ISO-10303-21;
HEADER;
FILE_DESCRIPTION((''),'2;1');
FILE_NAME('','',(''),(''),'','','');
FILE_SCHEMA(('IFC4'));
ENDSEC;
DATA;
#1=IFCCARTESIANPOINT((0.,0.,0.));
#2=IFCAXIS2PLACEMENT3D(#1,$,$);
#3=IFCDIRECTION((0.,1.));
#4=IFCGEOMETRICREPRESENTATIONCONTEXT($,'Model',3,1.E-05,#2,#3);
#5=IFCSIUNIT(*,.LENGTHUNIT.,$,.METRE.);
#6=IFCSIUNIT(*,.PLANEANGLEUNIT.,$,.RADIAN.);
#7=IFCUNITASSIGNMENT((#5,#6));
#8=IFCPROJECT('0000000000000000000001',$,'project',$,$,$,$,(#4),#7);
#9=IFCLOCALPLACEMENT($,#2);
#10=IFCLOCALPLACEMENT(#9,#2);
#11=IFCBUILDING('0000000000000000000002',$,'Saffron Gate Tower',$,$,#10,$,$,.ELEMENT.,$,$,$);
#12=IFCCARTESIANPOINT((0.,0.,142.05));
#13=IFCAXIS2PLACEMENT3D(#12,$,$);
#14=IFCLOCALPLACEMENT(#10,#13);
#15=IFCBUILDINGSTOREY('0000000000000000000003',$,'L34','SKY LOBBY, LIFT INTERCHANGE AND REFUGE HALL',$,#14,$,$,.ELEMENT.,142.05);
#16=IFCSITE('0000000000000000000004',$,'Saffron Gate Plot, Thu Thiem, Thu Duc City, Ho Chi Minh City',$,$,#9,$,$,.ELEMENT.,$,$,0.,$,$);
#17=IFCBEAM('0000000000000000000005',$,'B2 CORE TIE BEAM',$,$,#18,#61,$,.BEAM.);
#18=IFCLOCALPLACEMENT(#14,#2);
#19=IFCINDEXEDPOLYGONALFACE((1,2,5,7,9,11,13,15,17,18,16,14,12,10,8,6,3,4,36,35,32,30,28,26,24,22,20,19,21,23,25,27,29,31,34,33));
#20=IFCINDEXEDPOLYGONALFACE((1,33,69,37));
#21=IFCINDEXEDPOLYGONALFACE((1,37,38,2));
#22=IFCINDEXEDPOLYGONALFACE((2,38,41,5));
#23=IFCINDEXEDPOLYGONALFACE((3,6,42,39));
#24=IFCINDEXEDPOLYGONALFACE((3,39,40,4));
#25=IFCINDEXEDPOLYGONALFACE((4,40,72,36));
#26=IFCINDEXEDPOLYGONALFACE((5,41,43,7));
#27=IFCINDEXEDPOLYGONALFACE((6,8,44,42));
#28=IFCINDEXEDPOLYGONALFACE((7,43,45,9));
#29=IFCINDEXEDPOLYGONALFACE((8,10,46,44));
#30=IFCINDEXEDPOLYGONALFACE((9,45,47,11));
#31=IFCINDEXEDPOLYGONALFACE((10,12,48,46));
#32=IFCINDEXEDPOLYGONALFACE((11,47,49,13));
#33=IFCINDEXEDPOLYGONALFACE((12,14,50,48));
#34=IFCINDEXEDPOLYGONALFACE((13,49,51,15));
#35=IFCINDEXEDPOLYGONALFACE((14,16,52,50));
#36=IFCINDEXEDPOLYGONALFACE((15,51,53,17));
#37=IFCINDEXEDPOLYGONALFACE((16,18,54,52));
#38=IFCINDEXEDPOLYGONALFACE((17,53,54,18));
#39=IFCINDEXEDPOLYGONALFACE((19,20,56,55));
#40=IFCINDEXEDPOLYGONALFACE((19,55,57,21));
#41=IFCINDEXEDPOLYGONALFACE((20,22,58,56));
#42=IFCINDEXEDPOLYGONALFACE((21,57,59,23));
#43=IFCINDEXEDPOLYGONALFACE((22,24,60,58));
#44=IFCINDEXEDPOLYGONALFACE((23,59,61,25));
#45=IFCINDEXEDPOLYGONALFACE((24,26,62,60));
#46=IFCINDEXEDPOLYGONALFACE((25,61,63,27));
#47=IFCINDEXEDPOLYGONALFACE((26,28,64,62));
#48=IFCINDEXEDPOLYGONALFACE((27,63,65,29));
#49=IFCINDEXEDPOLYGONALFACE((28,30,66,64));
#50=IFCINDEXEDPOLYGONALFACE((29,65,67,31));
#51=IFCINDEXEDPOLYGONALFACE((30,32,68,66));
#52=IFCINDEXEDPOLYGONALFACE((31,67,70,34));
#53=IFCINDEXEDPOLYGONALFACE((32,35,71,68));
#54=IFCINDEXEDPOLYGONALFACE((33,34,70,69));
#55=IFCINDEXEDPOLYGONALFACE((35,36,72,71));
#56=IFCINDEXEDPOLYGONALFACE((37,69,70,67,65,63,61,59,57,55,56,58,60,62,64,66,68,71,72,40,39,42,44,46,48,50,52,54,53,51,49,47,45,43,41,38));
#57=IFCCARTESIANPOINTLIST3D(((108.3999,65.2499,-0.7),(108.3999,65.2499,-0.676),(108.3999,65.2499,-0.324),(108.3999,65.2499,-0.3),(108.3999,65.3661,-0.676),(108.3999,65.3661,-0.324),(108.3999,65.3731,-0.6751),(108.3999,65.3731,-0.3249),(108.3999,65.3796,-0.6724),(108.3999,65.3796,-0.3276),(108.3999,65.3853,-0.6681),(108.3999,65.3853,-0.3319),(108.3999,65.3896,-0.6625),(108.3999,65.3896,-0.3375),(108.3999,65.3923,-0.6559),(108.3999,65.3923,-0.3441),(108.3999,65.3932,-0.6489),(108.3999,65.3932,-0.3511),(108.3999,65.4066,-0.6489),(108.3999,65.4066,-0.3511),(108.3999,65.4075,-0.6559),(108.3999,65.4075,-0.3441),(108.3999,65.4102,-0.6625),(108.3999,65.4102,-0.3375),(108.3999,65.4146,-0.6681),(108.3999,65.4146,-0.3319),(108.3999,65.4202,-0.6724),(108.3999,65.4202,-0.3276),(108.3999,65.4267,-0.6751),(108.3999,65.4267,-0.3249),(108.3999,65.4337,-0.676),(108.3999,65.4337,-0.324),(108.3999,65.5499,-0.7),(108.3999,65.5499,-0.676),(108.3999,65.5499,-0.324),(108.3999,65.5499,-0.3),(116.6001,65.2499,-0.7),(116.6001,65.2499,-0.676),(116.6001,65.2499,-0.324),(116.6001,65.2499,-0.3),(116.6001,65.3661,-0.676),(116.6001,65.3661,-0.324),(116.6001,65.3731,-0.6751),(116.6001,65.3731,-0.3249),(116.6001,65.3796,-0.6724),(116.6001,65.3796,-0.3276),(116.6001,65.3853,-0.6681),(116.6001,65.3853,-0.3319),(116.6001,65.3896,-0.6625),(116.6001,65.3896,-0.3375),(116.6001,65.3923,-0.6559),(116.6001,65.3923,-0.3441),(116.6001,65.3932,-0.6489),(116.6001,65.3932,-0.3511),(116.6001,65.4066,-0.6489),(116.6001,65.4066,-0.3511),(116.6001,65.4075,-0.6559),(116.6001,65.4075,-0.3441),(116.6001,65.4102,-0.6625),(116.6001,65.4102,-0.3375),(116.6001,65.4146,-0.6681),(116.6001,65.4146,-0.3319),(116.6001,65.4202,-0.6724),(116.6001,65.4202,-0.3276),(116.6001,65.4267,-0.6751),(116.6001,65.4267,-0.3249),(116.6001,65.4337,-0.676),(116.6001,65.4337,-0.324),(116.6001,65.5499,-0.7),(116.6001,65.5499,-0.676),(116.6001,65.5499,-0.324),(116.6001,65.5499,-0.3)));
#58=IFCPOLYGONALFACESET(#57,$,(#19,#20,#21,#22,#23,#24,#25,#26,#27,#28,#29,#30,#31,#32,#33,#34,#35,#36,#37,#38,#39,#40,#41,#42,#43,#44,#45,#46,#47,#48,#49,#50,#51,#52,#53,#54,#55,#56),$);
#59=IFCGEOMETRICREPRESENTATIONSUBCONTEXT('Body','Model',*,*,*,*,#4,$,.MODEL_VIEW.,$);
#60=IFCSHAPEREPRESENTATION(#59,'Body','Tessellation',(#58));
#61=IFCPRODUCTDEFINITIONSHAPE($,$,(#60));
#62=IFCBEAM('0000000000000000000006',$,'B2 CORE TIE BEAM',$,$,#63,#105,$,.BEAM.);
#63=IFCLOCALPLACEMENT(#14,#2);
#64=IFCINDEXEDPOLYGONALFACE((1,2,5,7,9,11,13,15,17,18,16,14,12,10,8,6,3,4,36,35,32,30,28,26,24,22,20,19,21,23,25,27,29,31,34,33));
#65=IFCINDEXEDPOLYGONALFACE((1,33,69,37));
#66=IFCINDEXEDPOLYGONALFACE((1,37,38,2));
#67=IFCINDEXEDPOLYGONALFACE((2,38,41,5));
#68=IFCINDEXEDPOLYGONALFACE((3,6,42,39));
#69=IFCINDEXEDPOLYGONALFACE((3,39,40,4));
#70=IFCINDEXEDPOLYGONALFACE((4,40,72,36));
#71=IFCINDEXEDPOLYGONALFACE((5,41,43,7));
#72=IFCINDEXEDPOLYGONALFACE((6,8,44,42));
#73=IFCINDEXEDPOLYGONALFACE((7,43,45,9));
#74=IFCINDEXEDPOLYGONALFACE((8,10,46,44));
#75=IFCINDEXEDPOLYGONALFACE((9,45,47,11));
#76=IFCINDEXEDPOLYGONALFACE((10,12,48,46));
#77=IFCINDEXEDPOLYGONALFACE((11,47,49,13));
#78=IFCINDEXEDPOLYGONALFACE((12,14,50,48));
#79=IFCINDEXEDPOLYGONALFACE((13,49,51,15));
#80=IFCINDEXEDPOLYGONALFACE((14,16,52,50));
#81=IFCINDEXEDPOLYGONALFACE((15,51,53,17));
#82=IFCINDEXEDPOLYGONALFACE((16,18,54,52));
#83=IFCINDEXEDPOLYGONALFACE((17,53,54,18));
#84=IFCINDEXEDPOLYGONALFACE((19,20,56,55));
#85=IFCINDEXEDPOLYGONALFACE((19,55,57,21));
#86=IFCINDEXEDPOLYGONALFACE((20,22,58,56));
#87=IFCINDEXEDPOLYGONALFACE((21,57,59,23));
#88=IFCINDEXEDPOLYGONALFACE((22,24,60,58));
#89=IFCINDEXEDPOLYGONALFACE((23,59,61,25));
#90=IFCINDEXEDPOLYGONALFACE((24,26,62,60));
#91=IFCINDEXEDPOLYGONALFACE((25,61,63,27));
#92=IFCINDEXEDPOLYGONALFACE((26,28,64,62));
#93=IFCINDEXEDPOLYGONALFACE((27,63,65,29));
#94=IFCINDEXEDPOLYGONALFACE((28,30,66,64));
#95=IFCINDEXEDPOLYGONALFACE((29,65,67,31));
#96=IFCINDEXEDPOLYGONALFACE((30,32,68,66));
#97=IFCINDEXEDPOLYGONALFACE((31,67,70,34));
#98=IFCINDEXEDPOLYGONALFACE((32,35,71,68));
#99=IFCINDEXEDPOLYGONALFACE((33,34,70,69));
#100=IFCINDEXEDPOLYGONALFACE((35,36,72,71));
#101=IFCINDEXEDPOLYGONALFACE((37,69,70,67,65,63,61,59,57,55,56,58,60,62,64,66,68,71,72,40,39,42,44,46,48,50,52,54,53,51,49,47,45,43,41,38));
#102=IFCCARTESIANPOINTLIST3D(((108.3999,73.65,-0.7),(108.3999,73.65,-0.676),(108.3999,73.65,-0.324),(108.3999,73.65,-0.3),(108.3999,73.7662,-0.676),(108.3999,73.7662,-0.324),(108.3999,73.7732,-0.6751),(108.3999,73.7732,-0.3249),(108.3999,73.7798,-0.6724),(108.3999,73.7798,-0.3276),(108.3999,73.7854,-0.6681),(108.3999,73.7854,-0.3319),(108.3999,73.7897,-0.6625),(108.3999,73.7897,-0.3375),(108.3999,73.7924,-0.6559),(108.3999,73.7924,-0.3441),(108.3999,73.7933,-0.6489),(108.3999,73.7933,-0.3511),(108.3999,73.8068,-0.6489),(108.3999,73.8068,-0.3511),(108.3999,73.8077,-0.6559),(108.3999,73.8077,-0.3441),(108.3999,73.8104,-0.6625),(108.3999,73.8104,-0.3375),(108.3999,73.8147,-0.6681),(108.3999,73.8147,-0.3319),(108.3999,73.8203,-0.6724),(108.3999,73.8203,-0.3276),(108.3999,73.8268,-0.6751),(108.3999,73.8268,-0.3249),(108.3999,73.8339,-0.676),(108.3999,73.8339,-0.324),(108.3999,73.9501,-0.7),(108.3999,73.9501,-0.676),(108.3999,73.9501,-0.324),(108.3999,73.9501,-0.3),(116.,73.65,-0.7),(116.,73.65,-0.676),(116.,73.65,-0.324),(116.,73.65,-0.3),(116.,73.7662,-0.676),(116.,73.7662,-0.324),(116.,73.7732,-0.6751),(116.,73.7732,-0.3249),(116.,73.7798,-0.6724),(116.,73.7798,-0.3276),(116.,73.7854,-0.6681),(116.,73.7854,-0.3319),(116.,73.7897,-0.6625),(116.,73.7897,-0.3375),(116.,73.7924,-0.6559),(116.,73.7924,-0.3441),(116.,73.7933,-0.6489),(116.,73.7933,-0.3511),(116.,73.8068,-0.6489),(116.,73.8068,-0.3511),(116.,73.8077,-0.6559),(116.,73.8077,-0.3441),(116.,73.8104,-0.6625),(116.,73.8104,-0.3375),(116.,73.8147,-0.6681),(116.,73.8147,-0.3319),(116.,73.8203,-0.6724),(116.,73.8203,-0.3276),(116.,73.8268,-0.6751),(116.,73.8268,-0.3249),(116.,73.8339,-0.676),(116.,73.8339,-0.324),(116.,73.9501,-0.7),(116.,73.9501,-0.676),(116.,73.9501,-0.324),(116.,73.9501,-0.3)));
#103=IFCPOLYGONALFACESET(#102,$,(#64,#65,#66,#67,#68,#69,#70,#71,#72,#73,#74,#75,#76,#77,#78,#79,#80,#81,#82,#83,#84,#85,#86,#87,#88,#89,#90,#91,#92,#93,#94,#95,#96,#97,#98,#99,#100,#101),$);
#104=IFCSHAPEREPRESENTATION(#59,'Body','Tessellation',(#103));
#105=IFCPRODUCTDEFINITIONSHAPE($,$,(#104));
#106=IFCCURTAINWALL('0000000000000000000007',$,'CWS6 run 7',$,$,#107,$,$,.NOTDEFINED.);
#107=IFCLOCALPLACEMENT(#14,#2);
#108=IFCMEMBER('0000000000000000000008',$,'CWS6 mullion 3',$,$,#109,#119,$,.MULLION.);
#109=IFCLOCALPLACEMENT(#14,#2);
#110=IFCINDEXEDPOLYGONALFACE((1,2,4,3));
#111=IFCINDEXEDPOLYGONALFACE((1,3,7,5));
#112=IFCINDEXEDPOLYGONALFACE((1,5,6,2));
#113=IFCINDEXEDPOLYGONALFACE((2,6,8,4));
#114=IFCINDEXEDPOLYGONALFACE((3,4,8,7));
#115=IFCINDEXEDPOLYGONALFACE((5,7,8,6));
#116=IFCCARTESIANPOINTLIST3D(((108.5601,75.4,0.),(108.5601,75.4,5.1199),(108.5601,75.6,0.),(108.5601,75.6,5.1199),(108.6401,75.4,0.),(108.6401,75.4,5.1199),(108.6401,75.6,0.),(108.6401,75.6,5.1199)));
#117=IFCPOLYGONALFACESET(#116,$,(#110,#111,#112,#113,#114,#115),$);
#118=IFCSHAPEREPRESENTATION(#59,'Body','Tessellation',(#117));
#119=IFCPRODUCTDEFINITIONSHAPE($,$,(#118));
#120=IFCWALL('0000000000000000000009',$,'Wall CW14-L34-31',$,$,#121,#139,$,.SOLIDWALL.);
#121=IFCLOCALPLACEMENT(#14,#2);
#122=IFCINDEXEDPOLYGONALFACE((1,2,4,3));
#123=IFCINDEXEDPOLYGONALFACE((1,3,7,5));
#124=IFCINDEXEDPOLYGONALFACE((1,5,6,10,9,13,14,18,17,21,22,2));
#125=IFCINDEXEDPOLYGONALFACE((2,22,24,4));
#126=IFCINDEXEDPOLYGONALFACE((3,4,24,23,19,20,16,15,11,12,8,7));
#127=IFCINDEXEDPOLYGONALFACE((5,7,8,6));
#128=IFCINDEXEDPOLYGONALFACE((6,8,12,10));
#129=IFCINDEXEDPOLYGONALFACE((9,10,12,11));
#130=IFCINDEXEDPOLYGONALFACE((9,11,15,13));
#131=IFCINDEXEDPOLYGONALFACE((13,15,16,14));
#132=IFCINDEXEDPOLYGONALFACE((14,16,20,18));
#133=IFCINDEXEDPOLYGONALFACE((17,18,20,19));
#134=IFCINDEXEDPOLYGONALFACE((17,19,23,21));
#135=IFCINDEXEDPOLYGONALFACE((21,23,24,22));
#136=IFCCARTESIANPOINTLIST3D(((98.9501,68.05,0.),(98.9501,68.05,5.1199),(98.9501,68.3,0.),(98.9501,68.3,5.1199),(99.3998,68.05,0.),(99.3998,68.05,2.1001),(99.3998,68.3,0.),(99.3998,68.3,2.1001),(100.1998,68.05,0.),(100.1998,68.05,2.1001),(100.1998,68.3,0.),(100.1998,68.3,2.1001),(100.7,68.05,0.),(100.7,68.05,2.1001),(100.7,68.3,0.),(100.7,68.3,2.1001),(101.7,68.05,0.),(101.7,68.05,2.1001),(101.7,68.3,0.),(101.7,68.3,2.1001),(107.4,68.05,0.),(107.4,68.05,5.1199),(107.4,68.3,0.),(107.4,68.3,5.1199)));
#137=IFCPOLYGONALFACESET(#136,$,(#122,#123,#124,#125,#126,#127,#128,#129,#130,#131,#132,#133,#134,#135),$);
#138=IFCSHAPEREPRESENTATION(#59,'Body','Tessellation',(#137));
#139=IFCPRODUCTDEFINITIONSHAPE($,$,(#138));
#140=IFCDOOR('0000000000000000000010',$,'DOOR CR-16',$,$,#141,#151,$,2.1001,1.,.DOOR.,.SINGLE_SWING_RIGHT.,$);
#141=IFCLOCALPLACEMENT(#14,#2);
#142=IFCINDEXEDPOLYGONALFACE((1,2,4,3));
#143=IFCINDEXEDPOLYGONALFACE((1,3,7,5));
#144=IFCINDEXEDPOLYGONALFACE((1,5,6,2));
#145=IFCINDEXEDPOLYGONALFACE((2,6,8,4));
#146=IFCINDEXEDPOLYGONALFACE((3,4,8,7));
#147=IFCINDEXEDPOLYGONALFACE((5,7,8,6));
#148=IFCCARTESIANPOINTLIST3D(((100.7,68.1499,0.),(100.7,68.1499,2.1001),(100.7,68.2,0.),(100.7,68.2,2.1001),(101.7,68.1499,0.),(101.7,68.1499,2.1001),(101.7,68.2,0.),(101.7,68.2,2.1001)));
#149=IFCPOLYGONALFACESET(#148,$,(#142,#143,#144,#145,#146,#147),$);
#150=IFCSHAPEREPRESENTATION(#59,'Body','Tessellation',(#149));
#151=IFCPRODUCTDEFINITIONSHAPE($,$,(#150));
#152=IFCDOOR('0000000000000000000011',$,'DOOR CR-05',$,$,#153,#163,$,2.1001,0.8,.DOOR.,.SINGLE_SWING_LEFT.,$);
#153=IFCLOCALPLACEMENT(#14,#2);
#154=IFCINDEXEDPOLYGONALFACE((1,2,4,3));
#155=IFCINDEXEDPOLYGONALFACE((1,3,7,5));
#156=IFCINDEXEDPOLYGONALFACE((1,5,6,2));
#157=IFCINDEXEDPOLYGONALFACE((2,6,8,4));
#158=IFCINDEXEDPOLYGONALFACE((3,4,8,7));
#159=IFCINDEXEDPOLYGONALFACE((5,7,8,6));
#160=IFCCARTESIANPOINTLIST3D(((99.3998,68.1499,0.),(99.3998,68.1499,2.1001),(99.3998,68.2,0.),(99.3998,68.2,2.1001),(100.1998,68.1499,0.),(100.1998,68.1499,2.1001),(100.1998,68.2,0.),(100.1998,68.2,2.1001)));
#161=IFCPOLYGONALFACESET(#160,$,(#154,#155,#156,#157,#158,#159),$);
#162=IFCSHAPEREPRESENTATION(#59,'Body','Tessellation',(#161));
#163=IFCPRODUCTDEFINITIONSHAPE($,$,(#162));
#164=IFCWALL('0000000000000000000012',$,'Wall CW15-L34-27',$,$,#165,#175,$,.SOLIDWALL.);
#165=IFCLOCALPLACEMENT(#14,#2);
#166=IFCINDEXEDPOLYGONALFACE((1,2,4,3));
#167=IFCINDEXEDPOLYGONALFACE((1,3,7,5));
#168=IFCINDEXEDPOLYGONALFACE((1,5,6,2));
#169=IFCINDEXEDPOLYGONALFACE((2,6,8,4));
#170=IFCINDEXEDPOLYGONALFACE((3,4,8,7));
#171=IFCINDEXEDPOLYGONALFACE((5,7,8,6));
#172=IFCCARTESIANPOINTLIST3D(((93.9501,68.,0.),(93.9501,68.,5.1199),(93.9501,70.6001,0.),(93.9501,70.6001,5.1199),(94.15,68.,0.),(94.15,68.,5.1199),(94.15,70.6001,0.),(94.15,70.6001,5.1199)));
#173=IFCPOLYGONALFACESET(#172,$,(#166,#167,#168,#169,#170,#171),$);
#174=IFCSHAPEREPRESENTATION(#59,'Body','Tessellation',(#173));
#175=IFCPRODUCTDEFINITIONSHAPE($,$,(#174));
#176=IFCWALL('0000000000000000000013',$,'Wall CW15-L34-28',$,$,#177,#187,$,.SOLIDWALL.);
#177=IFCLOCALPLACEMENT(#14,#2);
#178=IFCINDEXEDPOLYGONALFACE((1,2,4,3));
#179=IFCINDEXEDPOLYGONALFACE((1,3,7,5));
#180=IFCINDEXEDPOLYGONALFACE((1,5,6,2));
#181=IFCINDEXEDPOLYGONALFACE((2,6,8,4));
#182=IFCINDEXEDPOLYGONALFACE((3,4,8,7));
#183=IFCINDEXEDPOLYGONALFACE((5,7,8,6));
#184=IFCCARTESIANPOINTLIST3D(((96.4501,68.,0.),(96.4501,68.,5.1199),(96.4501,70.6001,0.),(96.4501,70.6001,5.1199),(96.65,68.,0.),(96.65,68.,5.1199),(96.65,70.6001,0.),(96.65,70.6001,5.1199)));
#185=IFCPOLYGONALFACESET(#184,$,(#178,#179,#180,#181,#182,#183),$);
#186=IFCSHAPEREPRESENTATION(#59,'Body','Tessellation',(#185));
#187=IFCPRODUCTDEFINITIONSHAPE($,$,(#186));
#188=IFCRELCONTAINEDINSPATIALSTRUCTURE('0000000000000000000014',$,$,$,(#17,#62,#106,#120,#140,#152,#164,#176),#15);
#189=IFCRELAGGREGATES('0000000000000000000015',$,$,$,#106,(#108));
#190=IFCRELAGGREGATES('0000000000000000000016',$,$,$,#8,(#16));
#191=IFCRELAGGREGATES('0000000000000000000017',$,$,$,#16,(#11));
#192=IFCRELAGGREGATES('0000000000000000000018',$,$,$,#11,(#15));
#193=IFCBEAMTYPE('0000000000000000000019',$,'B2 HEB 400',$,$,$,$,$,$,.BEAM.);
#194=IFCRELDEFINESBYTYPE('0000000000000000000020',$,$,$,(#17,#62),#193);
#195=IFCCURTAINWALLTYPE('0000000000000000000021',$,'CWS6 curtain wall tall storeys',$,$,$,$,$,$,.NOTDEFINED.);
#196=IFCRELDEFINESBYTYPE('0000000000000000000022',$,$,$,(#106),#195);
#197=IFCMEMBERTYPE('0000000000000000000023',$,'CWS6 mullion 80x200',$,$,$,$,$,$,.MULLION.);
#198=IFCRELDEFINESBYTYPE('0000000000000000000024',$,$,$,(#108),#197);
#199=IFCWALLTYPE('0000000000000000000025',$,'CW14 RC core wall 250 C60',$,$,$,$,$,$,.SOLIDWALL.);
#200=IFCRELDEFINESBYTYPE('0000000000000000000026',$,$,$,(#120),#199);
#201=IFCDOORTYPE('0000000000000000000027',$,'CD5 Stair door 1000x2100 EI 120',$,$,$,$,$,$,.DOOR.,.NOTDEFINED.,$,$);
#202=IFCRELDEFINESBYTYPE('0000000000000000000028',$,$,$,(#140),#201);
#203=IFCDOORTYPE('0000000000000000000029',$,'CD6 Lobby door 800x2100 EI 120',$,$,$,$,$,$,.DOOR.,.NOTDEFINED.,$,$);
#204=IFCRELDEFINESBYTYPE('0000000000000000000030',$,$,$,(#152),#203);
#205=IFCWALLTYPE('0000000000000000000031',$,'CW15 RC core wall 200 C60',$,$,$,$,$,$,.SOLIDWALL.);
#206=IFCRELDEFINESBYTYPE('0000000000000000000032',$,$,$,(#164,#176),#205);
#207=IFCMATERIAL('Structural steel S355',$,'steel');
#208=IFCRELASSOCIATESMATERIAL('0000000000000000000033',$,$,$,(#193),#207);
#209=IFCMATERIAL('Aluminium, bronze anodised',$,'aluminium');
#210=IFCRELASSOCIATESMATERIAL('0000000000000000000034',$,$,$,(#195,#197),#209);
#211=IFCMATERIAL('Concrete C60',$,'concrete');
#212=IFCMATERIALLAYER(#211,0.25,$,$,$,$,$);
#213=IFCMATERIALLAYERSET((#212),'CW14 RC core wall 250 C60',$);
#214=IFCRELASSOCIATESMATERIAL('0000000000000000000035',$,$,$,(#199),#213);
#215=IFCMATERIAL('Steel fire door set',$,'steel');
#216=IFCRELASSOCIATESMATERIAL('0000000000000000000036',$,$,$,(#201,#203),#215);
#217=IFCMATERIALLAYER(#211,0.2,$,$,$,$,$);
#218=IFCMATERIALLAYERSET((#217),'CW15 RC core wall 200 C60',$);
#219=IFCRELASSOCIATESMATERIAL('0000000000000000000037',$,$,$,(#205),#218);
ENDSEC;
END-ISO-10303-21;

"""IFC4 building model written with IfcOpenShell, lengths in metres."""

from ifc_helpers import new_model, si_unit, direction, frame, frame_2d, origin, origin_2d, place, context, subcontext, project, spatial, rectangle, i_section, extrude, material, layer, layer_set, material_profile, profile_set, type_object, element, fill, aggregate, save


model = new_model("IFC4")

# Units and contexts
model_context = context("Model", 3, precision=1e-05, world=origin(), true_north=direction((0.0, 1.0)))
body_context = subcontext(model_context, "Body", "Model", "MODEL_VIEW")
ifc_project = project(units=[si_unit("LENGTHUNIT", "METRE"), si_unit("PLANEANGLEUNIT", "RADIAN")], contexts=[model_context])

# Site, building, storey
site_placement = place(None, origin())
site = spatial("IfcSite", under=ifc_project, at=site_placement, Name="Saffron Gate Plot, Thu Thiem, Thu Duc City, Ho Chi Minh City", CompositionType="ELEMENT", RefElevation=0.0)
building_placement = place(site_placement, origin())
building = spatial("IfcBuilding", under=site, at=building_placement, Name="Saffron Gate Tower", CompositionType="ELEMENT")
storey_placement = place(building_placement, frame((0.0, 0.0, 142.05)))
storey = spatial("IfcBuildingStorey", under=building, at=storey_placement, Name="L34", Description="SKY LOBBY, LIFT INTERCHANGE AND REFUGE HALL", CompositionType="ELEMENT", Elevation=142.05)

# Beams
ifc_material_1 = material(Name="Structural steel S355", Category="steel")
ifc_material_profile_1 = material_profile(ifc_material_1, i_section(OverallWidth=0.3, OverallDepth=0.3999, WebThickness=0.0134, FlangeThickness=0.0239, FilletRadius=0.0271, at=origin_2d()))
ifc_profile_set_1 = profile_set([ifc_material_profile_1], Name="Structural steel S355")
beam_type = type_object("IfcBeamType", Name="B2 HEB 400", PredefinedType="BEAM", material=ifc_profile_set_1)
beam_1_placement = place(storey_placement, frame((116.6001, 65.3999, -0.5), z_axis=(-1.0, 0.0, 0.0), x_axis=(0.0, -1.0, 0.0)))
element("IfcBeam", 1, at=beam_1_placement, inside=storey, type_object=beam_type, Name="B2 CORE TIE BEAM", PredefinedType="BEAM", context=body_context, shape_type="SweptSolid", body=[
    extrude(i_section(OverallWidth=0.3, OverallDepth=0.3999, WebThickness=0.0134, FlangeThickness=0.0239, FilletRadius=0.0271, at=origin_2d()), origin(), (0.0, 0.0, 1.0), 8.2002),
])
beam_2_placement = place(storey_placement, frame((116.0, 73.8, -0.5), z_axis=(-1.0, 0.0, 0.0), x_axis=(0.0, -1.0, 0.0)))
element("IfcBeam", 2, at=beam_2_placement, inside=storey, type_object=beam_type, Name="B2 CORE TIE BEAM", PredefinedType="BEAM", context=body_context, shape_type="SweptSolid", body=[
    extrude(i_section(OverallWidth=0.3, OverallDepth=0.3999, WebThickness=0.0134, FlangeThickness=0.0239, FilletRadius=0.0271, at=origin_2d()), origin(), (0.0, 0.0, 1.0), 7.6001),
])

# Curtain wall, member
ifc_material_2 = material(Name="Aluminium, bronze anodised", Category="aluminium")
curtain_wall_type = type_object("IfcCurtainWallType", Name="CWS6 curtain wall tall storeys", PredefinedType="NOTDEFINED", material=ifc_material_2)
curtain_wall_placement = place(storey_placement, origin())
curtain_wall = element("IfcCurtainWall", 3, at=curtain_wall_placement, inside=storey, type_object=curtain_wall_type, Name="CWS6 run 7", PredefinedType="NOTDEFINED")
ifc_material_profile_2 = material_profile(ifc_material_2, rectangle(XDim=0.2, YDim=0.0801, at=origin_2d()))
ifc_profile_set_2 = profile_set([ifc_material_profile_2], Name="Aluminium, bronze anodised")
member_type = type_object("IfcMemberType", Name="CWS6 mullion 80x200", PredefinedType="MULLION", material=ifc_profile_set_2)
member_placement = place(storey_placement, frame((108.6001, 75.5, 0.0), z_axis=(0.0, 0.0, 1.0), x_axis=(0.0, -1.0, 0.0)))
member = element("IfcMember", 4, at=member_placement, type_object=member_type, Name="CWS6 mullion 3", PredefinedType="MULLION", context=body_context, shape_type="SweptSolid", body=[
    extrude(rectangle(XDim=0.2, YDim=0.0801, at=origin_2d()), origin(), (0.0, 0.0, 1.0), 5.1199),
])
aggregate(curtain_wall, [member])

# Wall, openings, doors
ifc_material_3 = material(Name="Concrete C60", Category="concrete")
ifc_layer_1 = layer(ifc_material_3, 0.25)
ifc_layer_set_1 = layer_set([ifc_layer_1], Name="CW14 RC core wall 250 C60")
wall_type_1 = type_object("IfcWallType", Name="CW14 RC core wall 250 C60", PredefinedType="SOLIDWALL", material=ifc_layer_set_1)
wall_1_placement = place(storey_placement, frame((98.95, 68.175, 0.0), z_axis=(0.0, 0.0, 1.0), x_axis=(1.0, 0.0, 0.0)))
wall_1 = element("IfcWall", 5, at=wall_1_placement, inside=storey, type_object=wall_type_1, Name="Wall CW14-L34-31", PredefinedType="SOLIDWALL", context=body_context, shape_type="SweptSolid", body=[
    extrude(rectangle(XDim=8.45, YDim=0.25, at=frame_2d((4.2251, 0.0))), origin(), (0.0, 0.0, 1.0), 5.1199),
])
opening_1_placement = place(wall_1_placement, frame((0.45, 0.0, 0.0)))
opening_1 = element("IfcOpeningElement", 6, at=opening_1_placement, cuts=wall_1, PredefinedType="OPENING", context=body_context, shape_type="SweptSolid", body=[
    extrude(rectangle(XDim=0.8, YDim=2.1001, at=frame_2d((0.3999, 1.05))), frame((0.0, 0.135, 0.0), z_axis=(0.0, -1.0, 0.0), x_axis=(1.0, 0.0, 0.0)), (0.0, 0.0, 1.0), 0.27),
])
opening_2_placement = place(wall_1_placement, frame((1.75, 0.0, 0.0)))
opening_2 = element("IfcOpeningElement", 7, at=opening_2_placement, cuts=wall_1, PredefinedType="OPENING", context=body_context, shape_type="SweptSolid", body=[
    extrude(rectangle(XDim=1.0, YDim=2.1001, at=frame_2d((0.5, 1.05))), frame((0.0, 0.135, 0.0), z_axis=(0.0, -1.0, 0.0), x_axis=(1.0, 0.0, 0.0)), (0.0, 0.0, 1.0), 0.27),
])
ifc_material_4 = material(Name="Steel fire door set", Category="steel")
door_type_1 = type_object("IfcDoorType", Name="CD5 Stair door 1000x2100 EI 120", OperationType="NOTDEFINED", PredefinedType="DOOR", material=ifc_material_4)
door_1_placement = place(opening_2_placement, origin())
door_1 = element("IfcDoor", 8, at=door_1_placement, inside=storey, type_object=door_type_1, Name="DOOR CR-16", OperationType="SINGLE_SWING_RIGHT", OverallHeight=2.1001, OverallWidth=1.0, PredefinedType="DOOR", context=body_context, shape_type="SweptSolid", body=[
    extrude(rectangle(XDim=1.0, YDim=2.1001, at=frame_2d((0.5, 1.05))), frame((0.0, 0.0249, 0.0), z_axis=(0.0, -1.0, 0.0), x_axis=(1.0, 0.0, 0.0)), (0.0, 0.0, 1.0), 0.05),
])
fill(opening_2, door_1)
door_type_2 = type_object("IfcDoorType", Name="CD6 Lobby door 800x2100 EI 120", OperationType="NOTDEFINED", PredefinedType="DOOR", material=ifc_material_4)
door_2_placement = place(opening_1_placement, origin())
door_2 = element("IfcDoor", 9, at=door_2_placement, inside=storey, type_object=door_type_2, Name="DOOR CR-05", OperationType="SINGLE_SWING_LEFT", OverallHeight=2.1001, OverallWidth=0.8, PredefinedType="DOOR", context=body_context, shape_type="SweptSolid", body=[
    extrude(rectangle(XDim=0.8, YDim=2.1001, at=frame_2d((0.3999, 1.05))), frame((0.0, 0.0249, 0.0), z_axis=(0.0, -1.0, 0.0), x_axis=(1.0, 0.0, 0.0)), (0.0, 0.0, 1.0), 0.05),
])
fill(opening_1, door_2)

# Walls
ifc_layer_2 = layer(ifc_material_3, 0.2)
ifc_layer_set_2 = layer_set([ifc_layer_2], Name="CW15 RC core wall 200 C60")
wall_type_2 = type_object("IfcWallType", Name="CW15 RC core wall 200 C60", PredefinedType="SOLIDWALL", material=ifc_layer_set_2)
for number, where, z_axis, x_axis, name in (
    (10, (94.05, 68.0, 0.0), (0.0, 0.0, 1.0), (0.0, 1.0, 0.0), "Wall CW15-L34-27"),
    (11, (96.55, 68.0, 0.0), (0.0, 0.0, 1.0), (0.0, 1.0, 0.0), "Wall CW15-L34-28"),
):
    element("IfcWall", number, at=place(storey_placement, frame(where, z_axis=z_axis, x_axis=x_axis)), inside=storey, type_object=wall_type_2, Name=name, PredefinedType="SOLIDWALL", context=body_context, shape_type="SweptSolid", body=[
        extrude(rectangle(XDim=2.6001, YDim=0.2, at=frame_2d((1.3, 0.0))), origin(), (0.0, 0.0, 1.0), 5.1199),
    ])

save(model, "model.ifc")
